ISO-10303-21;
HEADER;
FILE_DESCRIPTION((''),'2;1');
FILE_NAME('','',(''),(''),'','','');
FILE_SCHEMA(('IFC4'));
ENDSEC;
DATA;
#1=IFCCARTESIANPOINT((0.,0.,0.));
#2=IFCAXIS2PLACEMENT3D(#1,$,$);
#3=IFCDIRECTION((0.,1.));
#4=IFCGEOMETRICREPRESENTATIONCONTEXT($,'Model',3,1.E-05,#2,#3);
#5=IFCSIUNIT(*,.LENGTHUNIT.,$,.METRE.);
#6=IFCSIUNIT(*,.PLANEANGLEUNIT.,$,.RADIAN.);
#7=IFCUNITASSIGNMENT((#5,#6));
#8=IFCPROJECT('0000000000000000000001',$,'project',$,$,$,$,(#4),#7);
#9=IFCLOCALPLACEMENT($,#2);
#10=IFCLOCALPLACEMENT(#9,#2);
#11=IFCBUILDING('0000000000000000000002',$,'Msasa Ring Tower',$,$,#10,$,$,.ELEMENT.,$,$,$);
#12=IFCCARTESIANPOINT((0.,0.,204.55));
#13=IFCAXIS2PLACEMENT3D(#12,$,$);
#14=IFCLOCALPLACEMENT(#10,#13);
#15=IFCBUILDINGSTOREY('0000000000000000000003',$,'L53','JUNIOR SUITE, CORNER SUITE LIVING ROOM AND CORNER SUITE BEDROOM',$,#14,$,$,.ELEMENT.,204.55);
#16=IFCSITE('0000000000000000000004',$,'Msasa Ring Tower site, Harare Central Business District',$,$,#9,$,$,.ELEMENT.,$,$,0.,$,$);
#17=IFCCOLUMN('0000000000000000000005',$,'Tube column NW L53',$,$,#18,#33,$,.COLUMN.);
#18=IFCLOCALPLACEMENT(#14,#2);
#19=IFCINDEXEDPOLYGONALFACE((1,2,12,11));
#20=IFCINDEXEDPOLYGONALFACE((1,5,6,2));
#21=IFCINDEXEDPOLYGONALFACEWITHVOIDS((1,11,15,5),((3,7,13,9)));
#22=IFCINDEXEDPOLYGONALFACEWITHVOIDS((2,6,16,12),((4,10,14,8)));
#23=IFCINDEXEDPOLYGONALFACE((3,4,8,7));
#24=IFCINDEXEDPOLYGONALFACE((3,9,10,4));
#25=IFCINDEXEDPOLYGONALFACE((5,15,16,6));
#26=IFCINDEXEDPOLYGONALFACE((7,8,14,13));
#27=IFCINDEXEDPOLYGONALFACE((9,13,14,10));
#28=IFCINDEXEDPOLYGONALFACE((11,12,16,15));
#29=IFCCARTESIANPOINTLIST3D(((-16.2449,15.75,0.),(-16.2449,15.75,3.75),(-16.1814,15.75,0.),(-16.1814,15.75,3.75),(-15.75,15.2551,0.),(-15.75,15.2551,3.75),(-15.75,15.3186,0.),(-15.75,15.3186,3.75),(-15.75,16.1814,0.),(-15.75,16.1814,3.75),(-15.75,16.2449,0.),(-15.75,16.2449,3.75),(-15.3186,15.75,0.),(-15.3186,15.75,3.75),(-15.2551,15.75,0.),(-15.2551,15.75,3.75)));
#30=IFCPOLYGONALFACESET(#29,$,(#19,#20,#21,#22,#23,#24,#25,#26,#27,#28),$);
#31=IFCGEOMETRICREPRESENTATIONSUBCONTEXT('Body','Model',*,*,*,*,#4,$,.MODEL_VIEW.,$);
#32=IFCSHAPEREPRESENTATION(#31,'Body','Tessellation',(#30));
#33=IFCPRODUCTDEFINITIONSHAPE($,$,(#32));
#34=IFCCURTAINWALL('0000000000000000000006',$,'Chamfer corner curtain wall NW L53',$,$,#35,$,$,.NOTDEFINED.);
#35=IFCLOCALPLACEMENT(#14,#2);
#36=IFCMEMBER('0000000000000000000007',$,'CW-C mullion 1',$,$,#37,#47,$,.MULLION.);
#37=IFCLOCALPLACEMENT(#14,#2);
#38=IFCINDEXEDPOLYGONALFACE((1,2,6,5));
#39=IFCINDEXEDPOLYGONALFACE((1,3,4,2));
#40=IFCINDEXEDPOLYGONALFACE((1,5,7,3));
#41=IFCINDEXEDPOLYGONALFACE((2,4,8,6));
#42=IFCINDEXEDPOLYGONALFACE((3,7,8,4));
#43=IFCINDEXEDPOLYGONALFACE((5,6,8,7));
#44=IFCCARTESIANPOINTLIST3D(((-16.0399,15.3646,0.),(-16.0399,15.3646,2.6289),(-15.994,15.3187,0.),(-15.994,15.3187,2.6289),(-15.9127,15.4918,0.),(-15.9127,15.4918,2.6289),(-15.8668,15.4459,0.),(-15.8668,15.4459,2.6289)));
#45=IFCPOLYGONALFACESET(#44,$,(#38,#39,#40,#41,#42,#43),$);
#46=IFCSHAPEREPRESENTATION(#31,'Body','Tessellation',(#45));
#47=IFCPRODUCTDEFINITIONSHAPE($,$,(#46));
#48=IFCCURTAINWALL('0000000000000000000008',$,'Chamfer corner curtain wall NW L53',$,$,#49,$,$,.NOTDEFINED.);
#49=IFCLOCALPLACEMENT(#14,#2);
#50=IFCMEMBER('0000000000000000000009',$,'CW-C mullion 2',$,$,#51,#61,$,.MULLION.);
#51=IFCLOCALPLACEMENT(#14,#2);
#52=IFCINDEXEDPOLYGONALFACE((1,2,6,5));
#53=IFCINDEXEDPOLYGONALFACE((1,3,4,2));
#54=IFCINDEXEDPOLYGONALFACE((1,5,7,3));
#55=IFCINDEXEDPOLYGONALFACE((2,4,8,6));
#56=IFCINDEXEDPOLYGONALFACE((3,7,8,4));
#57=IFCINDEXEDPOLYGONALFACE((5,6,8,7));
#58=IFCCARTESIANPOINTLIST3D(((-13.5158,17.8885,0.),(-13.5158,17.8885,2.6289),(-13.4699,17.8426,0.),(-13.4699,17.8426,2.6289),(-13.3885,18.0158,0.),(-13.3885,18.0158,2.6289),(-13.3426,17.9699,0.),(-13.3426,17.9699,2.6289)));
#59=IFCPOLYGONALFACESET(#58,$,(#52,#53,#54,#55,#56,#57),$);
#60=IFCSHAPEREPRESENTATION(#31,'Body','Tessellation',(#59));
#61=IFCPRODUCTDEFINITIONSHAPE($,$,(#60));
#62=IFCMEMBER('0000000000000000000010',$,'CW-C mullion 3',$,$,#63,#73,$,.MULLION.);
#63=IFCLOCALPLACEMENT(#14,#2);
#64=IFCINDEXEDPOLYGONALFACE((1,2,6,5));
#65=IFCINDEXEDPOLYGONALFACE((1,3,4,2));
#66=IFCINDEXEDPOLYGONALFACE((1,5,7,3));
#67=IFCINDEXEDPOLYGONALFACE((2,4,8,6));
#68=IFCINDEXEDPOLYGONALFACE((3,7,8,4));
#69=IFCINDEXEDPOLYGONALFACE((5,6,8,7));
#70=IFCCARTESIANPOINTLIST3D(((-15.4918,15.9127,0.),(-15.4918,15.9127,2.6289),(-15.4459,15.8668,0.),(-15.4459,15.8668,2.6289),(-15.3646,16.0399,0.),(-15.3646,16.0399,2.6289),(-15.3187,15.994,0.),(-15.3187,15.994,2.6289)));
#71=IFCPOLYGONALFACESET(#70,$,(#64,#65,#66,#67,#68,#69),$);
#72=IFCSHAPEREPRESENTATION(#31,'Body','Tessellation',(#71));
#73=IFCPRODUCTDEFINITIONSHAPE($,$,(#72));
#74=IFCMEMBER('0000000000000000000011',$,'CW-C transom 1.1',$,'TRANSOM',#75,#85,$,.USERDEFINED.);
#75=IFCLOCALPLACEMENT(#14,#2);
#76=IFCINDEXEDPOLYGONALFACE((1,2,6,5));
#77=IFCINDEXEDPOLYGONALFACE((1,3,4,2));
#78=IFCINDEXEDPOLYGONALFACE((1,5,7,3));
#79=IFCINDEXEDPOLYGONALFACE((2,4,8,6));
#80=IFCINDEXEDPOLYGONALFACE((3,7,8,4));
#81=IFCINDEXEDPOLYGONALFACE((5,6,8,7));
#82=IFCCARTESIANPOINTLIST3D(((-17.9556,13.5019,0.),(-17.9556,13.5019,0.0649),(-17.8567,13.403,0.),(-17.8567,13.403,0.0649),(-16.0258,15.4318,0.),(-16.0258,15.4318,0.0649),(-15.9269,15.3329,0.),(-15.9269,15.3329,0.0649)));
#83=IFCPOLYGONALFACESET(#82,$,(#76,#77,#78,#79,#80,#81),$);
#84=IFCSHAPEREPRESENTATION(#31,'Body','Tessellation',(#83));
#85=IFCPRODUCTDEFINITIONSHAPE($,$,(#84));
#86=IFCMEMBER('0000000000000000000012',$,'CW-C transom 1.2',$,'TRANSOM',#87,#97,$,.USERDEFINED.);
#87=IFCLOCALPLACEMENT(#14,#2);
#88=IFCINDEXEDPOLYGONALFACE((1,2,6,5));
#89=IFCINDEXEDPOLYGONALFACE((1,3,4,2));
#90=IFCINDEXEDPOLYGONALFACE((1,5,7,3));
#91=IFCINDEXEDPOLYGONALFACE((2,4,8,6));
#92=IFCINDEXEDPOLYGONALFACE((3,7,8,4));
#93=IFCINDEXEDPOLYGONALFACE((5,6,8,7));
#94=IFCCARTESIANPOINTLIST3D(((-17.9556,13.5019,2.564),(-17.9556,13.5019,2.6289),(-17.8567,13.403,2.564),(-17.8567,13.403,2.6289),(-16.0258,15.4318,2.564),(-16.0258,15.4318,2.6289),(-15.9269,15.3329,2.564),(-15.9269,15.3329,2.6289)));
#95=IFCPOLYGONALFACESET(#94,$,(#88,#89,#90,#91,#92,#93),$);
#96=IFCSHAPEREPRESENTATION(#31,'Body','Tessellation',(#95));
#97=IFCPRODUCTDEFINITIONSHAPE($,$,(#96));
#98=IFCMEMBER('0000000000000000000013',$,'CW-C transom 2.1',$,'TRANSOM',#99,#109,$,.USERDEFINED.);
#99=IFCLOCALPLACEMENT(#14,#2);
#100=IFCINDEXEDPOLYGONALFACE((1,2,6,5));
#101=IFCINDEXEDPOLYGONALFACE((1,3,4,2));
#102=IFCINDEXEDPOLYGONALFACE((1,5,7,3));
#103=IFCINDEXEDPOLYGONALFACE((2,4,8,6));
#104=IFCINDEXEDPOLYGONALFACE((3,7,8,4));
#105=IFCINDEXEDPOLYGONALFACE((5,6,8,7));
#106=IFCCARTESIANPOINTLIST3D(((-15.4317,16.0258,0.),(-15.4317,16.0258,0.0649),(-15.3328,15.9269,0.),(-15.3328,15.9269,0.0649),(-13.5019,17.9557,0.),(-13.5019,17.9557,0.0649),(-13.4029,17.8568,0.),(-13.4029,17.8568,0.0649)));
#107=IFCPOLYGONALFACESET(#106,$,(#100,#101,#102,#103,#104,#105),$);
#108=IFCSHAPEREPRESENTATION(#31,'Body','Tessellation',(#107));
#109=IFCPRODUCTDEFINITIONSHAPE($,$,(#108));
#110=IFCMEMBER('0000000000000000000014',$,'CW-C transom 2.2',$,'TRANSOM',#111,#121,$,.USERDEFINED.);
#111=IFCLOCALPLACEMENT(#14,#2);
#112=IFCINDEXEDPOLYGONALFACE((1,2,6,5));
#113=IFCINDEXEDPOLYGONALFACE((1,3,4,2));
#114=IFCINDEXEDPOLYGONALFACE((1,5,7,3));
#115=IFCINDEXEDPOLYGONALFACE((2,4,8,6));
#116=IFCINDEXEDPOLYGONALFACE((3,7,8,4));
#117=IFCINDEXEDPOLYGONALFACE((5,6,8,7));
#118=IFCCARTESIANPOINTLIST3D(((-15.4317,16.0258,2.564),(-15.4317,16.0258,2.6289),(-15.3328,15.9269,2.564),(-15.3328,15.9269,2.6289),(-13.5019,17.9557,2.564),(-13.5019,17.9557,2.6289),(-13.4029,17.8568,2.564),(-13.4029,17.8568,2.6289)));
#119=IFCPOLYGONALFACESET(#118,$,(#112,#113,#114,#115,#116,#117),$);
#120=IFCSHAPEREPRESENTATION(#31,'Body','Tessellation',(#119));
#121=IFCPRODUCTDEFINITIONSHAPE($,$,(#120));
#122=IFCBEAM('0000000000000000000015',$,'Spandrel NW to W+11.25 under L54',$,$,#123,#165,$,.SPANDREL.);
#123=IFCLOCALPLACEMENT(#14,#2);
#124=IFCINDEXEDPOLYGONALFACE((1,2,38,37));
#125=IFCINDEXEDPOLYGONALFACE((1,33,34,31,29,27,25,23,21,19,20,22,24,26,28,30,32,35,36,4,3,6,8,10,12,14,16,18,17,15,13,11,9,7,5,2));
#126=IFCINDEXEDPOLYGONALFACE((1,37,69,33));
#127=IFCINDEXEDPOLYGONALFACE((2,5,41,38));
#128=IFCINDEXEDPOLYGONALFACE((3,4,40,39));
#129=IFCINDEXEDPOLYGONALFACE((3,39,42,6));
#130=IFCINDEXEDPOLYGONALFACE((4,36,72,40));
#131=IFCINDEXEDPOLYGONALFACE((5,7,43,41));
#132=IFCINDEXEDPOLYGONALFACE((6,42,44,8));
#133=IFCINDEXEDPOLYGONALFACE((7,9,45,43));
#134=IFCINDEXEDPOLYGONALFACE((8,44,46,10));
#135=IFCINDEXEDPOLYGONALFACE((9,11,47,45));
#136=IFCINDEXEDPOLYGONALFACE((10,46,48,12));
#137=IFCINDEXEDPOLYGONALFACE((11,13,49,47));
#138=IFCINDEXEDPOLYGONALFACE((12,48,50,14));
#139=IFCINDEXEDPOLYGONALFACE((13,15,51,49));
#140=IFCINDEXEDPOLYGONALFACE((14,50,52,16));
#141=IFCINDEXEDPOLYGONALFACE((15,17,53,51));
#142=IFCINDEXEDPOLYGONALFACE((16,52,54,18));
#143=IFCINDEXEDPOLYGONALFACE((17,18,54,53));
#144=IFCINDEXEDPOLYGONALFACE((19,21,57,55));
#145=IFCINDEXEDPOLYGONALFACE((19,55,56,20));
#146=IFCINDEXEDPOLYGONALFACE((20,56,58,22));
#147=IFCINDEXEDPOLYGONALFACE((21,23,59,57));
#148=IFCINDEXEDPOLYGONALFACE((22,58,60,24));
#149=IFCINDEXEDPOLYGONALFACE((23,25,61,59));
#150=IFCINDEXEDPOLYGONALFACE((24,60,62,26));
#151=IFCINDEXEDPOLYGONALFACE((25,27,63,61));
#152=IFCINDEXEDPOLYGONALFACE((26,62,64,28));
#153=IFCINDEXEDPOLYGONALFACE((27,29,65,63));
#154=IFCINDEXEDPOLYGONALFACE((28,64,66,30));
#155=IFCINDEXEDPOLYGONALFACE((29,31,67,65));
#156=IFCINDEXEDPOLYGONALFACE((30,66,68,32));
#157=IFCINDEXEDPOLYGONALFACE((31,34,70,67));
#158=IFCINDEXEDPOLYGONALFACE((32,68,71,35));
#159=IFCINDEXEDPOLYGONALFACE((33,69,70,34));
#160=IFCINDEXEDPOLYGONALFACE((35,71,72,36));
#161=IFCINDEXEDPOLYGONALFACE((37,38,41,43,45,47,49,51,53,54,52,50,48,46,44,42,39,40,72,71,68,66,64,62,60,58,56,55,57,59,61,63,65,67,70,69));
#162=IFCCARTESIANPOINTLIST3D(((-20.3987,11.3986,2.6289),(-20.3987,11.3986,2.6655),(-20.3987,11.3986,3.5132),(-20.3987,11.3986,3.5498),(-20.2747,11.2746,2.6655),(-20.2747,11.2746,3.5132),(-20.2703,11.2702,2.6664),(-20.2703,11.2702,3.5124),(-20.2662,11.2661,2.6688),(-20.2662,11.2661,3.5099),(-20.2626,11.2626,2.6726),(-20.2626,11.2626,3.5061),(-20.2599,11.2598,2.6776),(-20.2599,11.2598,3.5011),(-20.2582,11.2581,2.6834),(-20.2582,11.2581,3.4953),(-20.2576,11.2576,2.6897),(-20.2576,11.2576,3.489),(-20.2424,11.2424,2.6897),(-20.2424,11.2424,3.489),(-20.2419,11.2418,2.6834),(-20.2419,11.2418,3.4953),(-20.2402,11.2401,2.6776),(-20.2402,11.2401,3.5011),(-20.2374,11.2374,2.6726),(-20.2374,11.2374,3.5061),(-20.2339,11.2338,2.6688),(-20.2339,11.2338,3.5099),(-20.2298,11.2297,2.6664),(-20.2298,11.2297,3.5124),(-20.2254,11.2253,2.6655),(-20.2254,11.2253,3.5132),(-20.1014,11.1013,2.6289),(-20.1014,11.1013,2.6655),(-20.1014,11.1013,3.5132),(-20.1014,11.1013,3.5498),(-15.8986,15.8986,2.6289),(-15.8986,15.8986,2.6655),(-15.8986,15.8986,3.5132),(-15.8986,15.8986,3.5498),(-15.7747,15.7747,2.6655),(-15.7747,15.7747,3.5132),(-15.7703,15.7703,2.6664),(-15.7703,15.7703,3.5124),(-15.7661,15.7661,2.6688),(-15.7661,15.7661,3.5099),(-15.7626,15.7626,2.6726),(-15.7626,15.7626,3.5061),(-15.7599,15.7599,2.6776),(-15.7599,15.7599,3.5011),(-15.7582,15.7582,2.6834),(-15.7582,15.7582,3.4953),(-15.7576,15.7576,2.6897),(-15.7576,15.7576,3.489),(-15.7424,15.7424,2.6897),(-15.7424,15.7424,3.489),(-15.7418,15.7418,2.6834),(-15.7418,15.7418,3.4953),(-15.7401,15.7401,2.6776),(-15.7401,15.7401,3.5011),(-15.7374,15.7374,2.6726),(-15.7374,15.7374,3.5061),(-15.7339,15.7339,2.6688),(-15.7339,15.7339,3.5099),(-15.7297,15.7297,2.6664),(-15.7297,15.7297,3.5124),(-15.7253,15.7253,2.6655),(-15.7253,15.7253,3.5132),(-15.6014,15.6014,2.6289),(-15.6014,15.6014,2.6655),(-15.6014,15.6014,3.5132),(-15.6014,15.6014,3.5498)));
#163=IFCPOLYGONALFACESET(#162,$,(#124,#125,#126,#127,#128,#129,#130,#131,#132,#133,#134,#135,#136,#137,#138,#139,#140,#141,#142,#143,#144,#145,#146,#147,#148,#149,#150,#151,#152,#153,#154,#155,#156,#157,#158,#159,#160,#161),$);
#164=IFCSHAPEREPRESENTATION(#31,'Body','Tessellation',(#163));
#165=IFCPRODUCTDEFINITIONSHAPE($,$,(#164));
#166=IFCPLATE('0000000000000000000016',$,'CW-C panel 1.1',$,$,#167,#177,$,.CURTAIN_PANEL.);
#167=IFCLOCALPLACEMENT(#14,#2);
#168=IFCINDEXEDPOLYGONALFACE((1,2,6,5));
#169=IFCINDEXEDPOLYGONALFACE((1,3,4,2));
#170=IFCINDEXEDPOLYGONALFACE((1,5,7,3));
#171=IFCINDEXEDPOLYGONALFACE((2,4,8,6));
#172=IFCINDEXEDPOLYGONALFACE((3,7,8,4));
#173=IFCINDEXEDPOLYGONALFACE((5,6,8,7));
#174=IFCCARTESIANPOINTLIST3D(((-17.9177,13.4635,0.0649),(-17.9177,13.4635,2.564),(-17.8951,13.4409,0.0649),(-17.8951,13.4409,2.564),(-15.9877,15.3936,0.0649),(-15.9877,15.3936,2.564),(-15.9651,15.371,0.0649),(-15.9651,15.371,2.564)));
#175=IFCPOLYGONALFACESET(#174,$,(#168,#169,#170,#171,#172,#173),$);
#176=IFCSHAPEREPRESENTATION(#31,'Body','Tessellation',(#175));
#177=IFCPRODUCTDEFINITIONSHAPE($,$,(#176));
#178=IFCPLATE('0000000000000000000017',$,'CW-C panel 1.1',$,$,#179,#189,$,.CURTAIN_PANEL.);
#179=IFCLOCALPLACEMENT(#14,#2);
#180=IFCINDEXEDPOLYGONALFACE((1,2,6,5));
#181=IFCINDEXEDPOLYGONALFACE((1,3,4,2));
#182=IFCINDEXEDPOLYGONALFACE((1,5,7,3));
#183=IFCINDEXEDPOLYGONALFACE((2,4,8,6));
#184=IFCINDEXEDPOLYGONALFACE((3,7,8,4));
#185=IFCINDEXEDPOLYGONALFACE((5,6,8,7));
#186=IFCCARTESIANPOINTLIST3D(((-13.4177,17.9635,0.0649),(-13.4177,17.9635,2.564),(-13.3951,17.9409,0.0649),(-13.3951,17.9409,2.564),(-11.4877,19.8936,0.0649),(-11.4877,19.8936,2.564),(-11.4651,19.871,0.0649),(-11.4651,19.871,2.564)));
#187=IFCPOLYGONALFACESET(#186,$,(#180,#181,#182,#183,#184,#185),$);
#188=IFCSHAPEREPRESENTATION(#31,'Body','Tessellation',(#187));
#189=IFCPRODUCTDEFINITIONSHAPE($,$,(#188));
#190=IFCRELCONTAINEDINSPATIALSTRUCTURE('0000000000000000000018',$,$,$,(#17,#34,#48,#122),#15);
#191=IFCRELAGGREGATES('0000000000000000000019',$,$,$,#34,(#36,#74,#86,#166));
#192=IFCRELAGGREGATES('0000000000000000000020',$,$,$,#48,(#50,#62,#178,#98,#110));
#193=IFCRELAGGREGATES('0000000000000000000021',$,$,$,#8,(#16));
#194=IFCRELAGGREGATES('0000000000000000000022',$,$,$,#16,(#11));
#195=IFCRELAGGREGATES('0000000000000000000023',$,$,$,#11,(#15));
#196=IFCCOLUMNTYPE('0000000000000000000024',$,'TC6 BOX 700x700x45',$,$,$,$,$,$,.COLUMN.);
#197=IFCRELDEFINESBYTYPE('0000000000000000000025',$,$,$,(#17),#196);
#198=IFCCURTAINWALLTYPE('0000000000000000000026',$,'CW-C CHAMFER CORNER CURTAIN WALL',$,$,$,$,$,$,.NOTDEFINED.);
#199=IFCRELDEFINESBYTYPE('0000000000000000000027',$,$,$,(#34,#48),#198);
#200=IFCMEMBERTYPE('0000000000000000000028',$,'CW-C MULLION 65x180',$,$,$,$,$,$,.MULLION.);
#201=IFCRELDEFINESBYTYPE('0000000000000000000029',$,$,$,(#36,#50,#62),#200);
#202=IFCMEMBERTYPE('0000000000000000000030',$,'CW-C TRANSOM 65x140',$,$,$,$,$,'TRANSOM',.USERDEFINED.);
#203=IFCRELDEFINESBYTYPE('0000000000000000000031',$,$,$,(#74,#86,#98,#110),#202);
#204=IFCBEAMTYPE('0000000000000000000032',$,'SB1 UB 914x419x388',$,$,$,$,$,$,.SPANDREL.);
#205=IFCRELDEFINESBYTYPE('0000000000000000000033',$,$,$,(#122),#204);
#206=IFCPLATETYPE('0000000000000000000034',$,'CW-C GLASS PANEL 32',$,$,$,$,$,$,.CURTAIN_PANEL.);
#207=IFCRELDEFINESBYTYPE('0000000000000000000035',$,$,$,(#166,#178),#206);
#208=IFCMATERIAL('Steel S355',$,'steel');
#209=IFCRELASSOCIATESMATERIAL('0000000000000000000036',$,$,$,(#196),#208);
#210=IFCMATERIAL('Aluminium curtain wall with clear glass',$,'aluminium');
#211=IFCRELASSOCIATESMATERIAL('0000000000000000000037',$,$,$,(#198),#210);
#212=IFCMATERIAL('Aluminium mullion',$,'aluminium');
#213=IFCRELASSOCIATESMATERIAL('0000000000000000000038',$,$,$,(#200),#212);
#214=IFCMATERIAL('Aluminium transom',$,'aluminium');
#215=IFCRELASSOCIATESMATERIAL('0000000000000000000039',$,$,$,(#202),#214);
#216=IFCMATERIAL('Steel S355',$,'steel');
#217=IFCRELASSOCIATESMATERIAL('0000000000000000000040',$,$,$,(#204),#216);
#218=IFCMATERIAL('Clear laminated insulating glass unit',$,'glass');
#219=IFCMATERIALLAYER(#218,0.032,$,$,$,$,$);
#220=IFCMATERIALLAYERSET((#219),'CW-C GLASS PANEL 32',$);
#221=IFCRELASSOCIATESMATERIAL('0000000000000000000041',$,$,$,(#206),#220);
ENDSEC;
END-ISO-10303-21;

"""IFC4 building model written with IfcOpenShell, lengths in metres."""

from ifc_helpers import new_model, si_unit, direction, frame, origin, origin_2d, place, context, subcontext, project, spatial, rectangle, hollow_rectangle, i_section, extrude, material, layer, layer_set, material_profile, profile_set, type_object, element, aggregate, save


model = new_model("IFC4")

# Units and contexts
model_context = context("Model", 3, precision=1e-05, world=origin(), true_north=direction((0.0, 1.0)))
body_context = subcontext(model_context, "Body", "Model", "MODEL_VIEW")
ifc_project = project(units=[si_unit("LENGTHUNIT", "METRE"), si_unit("PLANEANGLEUNIT", "RADIAN")], contexts=[model_context])

# Site, building, storey
site_placement = place(None, origin())
site = spatial("IfcSite", under=ifc_project, at=site_placement, Name="Msasa Ring Tower site, Harare Central Business District", CompositionType="ELEMENT", RefElevation=0.0)
building_placement = place(site_placement, origin())
building = spatial("IfcBuilding", under=site, at=building_placement, Name="Msasa Ring Tower", CompositionType="ELEMENT")
storey_placement = place(building_placement, frame((0.0, 0.0, 204.55)))
storey = spatial("IfcBuildingStorey", under=building, at=storey_placement, Name="L53", Description="JUNIOR SUITE, CORNER SUITE LIVING ROOM AND CORNER SUITE BEDROOM", CompositionType="ELEMENT", Elevation=204.55)

# Column
ifc_material_1 = material(Name="Steel S355", Category="steel")
ifc_material_profile_1 = material_profile(ifc_material_1, hollow_rectangle(XDim=0.7, YDim=0.7, WallThickness=0.0449, at=origin_2d()), Name="BOX 700x700x45")
ifc_profile_set_1 = profile_set([ifc_material_profile_1], Name="Steel S355")
column_type = type_object("IfcColumnType", Name="TC6 BOX 700x700x45", PredefinedType="COLUMN", material=ifc_profile_set_1)
column_placement = place(storey_placement, frame((-15.75, 15.75, 0.0), z_axis=(0.0, 0.0, 1.0), x_axis=(0.707107, -0.707107, 0.0)))
element("IfcColumn", 1, at=column_placement, inside=storey, type_object=column_type, Name="Tube column NW L53", PredefinedType="COLUMN", context=body_context, shape_type="SweptSolid", body=[
    extrude(hollow_rectangle(XDim=0.7, YDim=0.7, WallThickness=0.0449, at=origin_2d()), origin(), (0.0, 0.0, 1.0), 3.75),
])

# Curtain wall, member
ifc_material_2 = material(Name="Aluminium curtain wall with clear glass", Category="aluminium")
curtain_wall_type = type_object("IfcCurtainWallType", Name="CW-C CHAMFER CORNER CURTAIN WALL", PredefinedType="NOTDEFINED", material=ifc_material_2)
curtain_wall_1_placement = place(storey_placement, origin())
curtain_wall_1 = element("IfcCurtainWall", 2, at=curtain_wall_1_placement, inside=storey, type_object=curtain_wall_type, Name="Chamfer corner curtain wall NW L53", PredefinedType="NOTDEFINED")
ifc_material_3 = material(Name="Aluminium mullion", Category="aluminium")
ifc_material_profile_2 = material_profile(ifc_material_3, rectangle(XDim=0.0649, YDim=0.1799, at=origin_2d()), Name="AL 65x180")
ifc_profile_set_2 = profile_set([ifc_material_profile_2], Name="Aluminium mullion")
member_type_1 = type_object("IfcMemberType", Name="CW-C MULLION 65x180", PredefinedType="MULLION", material=ifc_profile_set_2)
member_1_placement = place(storey_placement, frame((-15.9534, 15.4053, 0.0), z_axis=(0.0, 0.0, 1.0), x_axis=(0.707107, -0.707107, 0.0)))
member_1 = element("IfcMember", 3, at=member_1_placement, type_object=member_type_1, Name="CW-C mullion 1", PredefinedType="MULLION", context=body_context, shape_type="SweptSolid", body=[
    extrude(rectangle(XDim=0.0649, YDim=0.1799, at=origin_2d()), origin(), (0.0, 0.0, 1.0), 2.6289),
])

# Curtain wall, members
curtain_wall_2_placement = place(storey_placement, origin())
curtain_wall_2 = element("IfcCurtainWall", 4, at=curtain_wall_2_placement, inside=storey, type_object=curtain_wall_type, Name="Chamfer corner curtain wall NW L53", PredefinedType="NOTDEFINED")
member_2_placement = place(storey_placement, frame((-13.4292, 17.9292, 0.0), z_axis=(0.0, 0.0, 1.0), x_axis=(0.707107, -0.707107, 0.0)))
member_2 = element("IfcMember", 5, at=member_2_placement, type_object=member_type_1, Name="CW-C mullion 2", PredefinedType="MULLION", context=body_context, shape_type="SweptSolid", body=[
    extrude(rectangle(XDim=0.0649, YDim=0.1799, at=origin_2d()), origin(), (0.0, 0.0, 1.0), 2.6289),
])
member_3_placement = place(storey_placement, frame((-15.4053, 15.9534, 0.0), z_axis=(0.0, 0.0, 1.0), x_axis=(0.707107, -0.707107, 0.0)))
member_3 = element("IfcMember", 6, at=member_3_placement, type_object=member_type_1, Name="CW-C mullion 3", PredefinedType="MULLION", context=body_context, shape_type="SweptSolid", body=[
    extrude(rectangle(XDim=0.0649, YDim=0.1799, at=origin_2d()), origin(), (0.0, 0.0, 1.0), 2.6289),
])

# Members
ifc_material_4 = material(Name="Aluminium transom", Category="aluminium")
ifc_material_profile_3 = material_profile(ifc_material_4, rectangle(XDim=0.1399, YDim=0.0649, at=origin_2d()), Name="AL 65x140")
ifc_profile_set_3 = profile_set([ifc_material_profile_3], Name="Aluminium transom")
member_type_2 = type_object("IfcMemberType", Name="CW-C TRANSOM 65x140", ElementType="TRANSOM", PredefinedType="USERDEFINED", material=ifc_profile_set_3)
member_4_placement = place(storey_placement, frame((-15.9763, 15.3823, 0.0325), z_axis=(-0.707107, -0.707107, 0.0), x_axis=(0.707107, -0.707107, 0.0)))
member_4 = element("IfcMember", 7, at=member_4_placement, type_object=member_type_2, Name="CW-C transom 1.1", ObjectType="TRANSOM", PredefinedType="USERDEFINED", context=body_context, shape_type="SweptSolid", body=[
    extrude(rectangle(XDim=0.1399, YDim=0.0649, at=origin_2d()), origin(), (0.0, 0.0, 1.0), 2.7292),
])
member_5_placement = place(storey_placement, frame((-15.9763, 15.3823, 2.5964), z_axis=(-0.707107, -0.707107, 0.0), x_axis=(0.707107, -0.707107, 0.0)))
member_5 = element("IfcMember", 8, at=member_5_placement, type_object=member_type_2, Name="CW-C transom 1.2", ObjectType="TRANSOM", PredefinedType="USERDEFINED", context=body_context, shape_type="SweptSolid", body=[
    extrude(rectangle(XDim=0.1399, YDim=0.0649, at=origin_2d()), origin(), (0.0, 0.0, 1.0), 2.7292),
])
member_6_placement = place(storey_placement, frame((-13.4524, 17.9062, 0.0325), z_axis=(-0.707107, -0.707107, 0.0), x_axis=(0.707107, -0.707107, 0.0)))
member_6 = element("IfcMember", 9, at=member_6_placement, type_object=member_type_2, Name="CW-C transom 2.1", ObjectType="TRANSOM", PredefinedType="USERDEFINED", context=body_context, shape_type="SweptSolid", body=[
    extrude(rectangle(XDim=0.1399, YDim=0.0649, at=origin_2d()), origin(), (0.0, 0.0, 1.0), 2.7292),
])
member_7_placement = place(storey_placement, frame((-13.4524, 17.9062, 2.5964), z_axis=(-0.707107, -0.707107, 0.0), x_axis=(0.707107, -0.707107, 0.0)))
member_7 = element("IfcMember", 10, at=member_7_placement, type_object=member_type_2, Name="CW-C transom 2.2", ObjectType="TRANSOM", PredefinedType="USERDEFINED", context=body_context, shape_type="SweptSolid", body=[
    extrude(rectangle(XDim=0.1399, YDim=0.0649, at=origin_2d()), origin(), (0.0, 0.0, 1.0), 2.7292),
])

# Beam
ifc_material_5 = material(Name="Steel S355", Category="steel")
ifc_material_profile_4 = material_profile(ifc_material_5, i_section(OverallWidth=0.4204, OverallDepth=0.9209, WebThickness=0.0215, FlangeThickness=0.0366, FilletRadius=0.0242, at=origin_2d()), Name="UB 914x419x388")
ifc_profile_set_4 = profile_set([ifc_material_profile_4], Name="Steel S355")
beam_type = type_object("IfcBeamType", Name="SB1 UB 914x419x388", PredefinedType="SPANDREL", material=ifc_profile_set_4)
beam_placement = place(storey_placement, frame((-15.75, 15.75, 3.0894), z_axis=(-0.707107, -0.707107, 0.0), x_axis=(0.707107, -0.707107, 0.0)))
element("IfcBeam", 11, at=beam_placement, inside=storey, type_object=beam_type, Name="Spandrel NW to W+11.25 under L54", PredefinedType="SPANDREL", context=body_context, shape_type="SweptSolid", body=[
    extrude(i_section(OverallWidth=0.4204, OverallDepth=0.9209, WebThickness=0.0215, FlangeThickness=0.0366, FilletRadius=0.0242, at=origin_2d()), origin(), (0.0, 0.0, 1.0), 6.364),
])

# Plates
ifc_material_6 = material(Name="Clear laminated insulating glass unit", Category="glass")
ifc_layer = layer(ifc_material_6, 0.032)
ifc_layer_set = layer_set([ifc_layer], Name="CW-C GLASS PANEL 32")
plate_type = type_object("IfcPlateType", Name="CW-C GLASS PANEL 32", PredefinedType="CURTAIN_PANEL", material=ifc_layer_set)
plate_1_placement = place(storey_placement, frame((-16.9414, 14.4172, 0.0649), z_axis=(0.0, 0.0, 1.0), x_axis=(-0.707107, -0.707107, 0.0)))
plate_1 = element("IfcPlate", 12, at=plate_1_placement, type_object=plate_type, Name="CW-C panel 1.1", PredefinedType="CURTAIN_PANEL", context=body_context, shape_type="SweptSolid", body=[
    extrude(rectangle(XDim=2.7295, YDim=0.032, at=origin_2d()), origin(), (0.0, 0.0, 1.0), 2.499),
])
aggregate(curtain_wall_1, [member_1, member_4, member_5, plate_1])
plate_2_placement = place(storey_placement, frame((-12.4414, 18.9172, 0.0649), z_axis=(0.0, 0.0, 1.0), x_axis=(-0.707107, -0.707107, 0.0)))
plate_2 = element("IfcPlate", 13, at=plate_2_placement, type_object=plate_type, Name="CW-C panel 1.1", PredefinedType="CURTAIN_PANEL", context=body_context, shape_type="SweptSolid", body=[
    extrude(rectangle(XDim=2.7295, YDim=0.032, at=origin_2d()), origin(), (0.0, 0.0, 1.0), 2.499),
])
aggregate(curtain_wall_2, [member_2, member_3, plate_2, member_6, member_7])

save(model, "model.ifc")
